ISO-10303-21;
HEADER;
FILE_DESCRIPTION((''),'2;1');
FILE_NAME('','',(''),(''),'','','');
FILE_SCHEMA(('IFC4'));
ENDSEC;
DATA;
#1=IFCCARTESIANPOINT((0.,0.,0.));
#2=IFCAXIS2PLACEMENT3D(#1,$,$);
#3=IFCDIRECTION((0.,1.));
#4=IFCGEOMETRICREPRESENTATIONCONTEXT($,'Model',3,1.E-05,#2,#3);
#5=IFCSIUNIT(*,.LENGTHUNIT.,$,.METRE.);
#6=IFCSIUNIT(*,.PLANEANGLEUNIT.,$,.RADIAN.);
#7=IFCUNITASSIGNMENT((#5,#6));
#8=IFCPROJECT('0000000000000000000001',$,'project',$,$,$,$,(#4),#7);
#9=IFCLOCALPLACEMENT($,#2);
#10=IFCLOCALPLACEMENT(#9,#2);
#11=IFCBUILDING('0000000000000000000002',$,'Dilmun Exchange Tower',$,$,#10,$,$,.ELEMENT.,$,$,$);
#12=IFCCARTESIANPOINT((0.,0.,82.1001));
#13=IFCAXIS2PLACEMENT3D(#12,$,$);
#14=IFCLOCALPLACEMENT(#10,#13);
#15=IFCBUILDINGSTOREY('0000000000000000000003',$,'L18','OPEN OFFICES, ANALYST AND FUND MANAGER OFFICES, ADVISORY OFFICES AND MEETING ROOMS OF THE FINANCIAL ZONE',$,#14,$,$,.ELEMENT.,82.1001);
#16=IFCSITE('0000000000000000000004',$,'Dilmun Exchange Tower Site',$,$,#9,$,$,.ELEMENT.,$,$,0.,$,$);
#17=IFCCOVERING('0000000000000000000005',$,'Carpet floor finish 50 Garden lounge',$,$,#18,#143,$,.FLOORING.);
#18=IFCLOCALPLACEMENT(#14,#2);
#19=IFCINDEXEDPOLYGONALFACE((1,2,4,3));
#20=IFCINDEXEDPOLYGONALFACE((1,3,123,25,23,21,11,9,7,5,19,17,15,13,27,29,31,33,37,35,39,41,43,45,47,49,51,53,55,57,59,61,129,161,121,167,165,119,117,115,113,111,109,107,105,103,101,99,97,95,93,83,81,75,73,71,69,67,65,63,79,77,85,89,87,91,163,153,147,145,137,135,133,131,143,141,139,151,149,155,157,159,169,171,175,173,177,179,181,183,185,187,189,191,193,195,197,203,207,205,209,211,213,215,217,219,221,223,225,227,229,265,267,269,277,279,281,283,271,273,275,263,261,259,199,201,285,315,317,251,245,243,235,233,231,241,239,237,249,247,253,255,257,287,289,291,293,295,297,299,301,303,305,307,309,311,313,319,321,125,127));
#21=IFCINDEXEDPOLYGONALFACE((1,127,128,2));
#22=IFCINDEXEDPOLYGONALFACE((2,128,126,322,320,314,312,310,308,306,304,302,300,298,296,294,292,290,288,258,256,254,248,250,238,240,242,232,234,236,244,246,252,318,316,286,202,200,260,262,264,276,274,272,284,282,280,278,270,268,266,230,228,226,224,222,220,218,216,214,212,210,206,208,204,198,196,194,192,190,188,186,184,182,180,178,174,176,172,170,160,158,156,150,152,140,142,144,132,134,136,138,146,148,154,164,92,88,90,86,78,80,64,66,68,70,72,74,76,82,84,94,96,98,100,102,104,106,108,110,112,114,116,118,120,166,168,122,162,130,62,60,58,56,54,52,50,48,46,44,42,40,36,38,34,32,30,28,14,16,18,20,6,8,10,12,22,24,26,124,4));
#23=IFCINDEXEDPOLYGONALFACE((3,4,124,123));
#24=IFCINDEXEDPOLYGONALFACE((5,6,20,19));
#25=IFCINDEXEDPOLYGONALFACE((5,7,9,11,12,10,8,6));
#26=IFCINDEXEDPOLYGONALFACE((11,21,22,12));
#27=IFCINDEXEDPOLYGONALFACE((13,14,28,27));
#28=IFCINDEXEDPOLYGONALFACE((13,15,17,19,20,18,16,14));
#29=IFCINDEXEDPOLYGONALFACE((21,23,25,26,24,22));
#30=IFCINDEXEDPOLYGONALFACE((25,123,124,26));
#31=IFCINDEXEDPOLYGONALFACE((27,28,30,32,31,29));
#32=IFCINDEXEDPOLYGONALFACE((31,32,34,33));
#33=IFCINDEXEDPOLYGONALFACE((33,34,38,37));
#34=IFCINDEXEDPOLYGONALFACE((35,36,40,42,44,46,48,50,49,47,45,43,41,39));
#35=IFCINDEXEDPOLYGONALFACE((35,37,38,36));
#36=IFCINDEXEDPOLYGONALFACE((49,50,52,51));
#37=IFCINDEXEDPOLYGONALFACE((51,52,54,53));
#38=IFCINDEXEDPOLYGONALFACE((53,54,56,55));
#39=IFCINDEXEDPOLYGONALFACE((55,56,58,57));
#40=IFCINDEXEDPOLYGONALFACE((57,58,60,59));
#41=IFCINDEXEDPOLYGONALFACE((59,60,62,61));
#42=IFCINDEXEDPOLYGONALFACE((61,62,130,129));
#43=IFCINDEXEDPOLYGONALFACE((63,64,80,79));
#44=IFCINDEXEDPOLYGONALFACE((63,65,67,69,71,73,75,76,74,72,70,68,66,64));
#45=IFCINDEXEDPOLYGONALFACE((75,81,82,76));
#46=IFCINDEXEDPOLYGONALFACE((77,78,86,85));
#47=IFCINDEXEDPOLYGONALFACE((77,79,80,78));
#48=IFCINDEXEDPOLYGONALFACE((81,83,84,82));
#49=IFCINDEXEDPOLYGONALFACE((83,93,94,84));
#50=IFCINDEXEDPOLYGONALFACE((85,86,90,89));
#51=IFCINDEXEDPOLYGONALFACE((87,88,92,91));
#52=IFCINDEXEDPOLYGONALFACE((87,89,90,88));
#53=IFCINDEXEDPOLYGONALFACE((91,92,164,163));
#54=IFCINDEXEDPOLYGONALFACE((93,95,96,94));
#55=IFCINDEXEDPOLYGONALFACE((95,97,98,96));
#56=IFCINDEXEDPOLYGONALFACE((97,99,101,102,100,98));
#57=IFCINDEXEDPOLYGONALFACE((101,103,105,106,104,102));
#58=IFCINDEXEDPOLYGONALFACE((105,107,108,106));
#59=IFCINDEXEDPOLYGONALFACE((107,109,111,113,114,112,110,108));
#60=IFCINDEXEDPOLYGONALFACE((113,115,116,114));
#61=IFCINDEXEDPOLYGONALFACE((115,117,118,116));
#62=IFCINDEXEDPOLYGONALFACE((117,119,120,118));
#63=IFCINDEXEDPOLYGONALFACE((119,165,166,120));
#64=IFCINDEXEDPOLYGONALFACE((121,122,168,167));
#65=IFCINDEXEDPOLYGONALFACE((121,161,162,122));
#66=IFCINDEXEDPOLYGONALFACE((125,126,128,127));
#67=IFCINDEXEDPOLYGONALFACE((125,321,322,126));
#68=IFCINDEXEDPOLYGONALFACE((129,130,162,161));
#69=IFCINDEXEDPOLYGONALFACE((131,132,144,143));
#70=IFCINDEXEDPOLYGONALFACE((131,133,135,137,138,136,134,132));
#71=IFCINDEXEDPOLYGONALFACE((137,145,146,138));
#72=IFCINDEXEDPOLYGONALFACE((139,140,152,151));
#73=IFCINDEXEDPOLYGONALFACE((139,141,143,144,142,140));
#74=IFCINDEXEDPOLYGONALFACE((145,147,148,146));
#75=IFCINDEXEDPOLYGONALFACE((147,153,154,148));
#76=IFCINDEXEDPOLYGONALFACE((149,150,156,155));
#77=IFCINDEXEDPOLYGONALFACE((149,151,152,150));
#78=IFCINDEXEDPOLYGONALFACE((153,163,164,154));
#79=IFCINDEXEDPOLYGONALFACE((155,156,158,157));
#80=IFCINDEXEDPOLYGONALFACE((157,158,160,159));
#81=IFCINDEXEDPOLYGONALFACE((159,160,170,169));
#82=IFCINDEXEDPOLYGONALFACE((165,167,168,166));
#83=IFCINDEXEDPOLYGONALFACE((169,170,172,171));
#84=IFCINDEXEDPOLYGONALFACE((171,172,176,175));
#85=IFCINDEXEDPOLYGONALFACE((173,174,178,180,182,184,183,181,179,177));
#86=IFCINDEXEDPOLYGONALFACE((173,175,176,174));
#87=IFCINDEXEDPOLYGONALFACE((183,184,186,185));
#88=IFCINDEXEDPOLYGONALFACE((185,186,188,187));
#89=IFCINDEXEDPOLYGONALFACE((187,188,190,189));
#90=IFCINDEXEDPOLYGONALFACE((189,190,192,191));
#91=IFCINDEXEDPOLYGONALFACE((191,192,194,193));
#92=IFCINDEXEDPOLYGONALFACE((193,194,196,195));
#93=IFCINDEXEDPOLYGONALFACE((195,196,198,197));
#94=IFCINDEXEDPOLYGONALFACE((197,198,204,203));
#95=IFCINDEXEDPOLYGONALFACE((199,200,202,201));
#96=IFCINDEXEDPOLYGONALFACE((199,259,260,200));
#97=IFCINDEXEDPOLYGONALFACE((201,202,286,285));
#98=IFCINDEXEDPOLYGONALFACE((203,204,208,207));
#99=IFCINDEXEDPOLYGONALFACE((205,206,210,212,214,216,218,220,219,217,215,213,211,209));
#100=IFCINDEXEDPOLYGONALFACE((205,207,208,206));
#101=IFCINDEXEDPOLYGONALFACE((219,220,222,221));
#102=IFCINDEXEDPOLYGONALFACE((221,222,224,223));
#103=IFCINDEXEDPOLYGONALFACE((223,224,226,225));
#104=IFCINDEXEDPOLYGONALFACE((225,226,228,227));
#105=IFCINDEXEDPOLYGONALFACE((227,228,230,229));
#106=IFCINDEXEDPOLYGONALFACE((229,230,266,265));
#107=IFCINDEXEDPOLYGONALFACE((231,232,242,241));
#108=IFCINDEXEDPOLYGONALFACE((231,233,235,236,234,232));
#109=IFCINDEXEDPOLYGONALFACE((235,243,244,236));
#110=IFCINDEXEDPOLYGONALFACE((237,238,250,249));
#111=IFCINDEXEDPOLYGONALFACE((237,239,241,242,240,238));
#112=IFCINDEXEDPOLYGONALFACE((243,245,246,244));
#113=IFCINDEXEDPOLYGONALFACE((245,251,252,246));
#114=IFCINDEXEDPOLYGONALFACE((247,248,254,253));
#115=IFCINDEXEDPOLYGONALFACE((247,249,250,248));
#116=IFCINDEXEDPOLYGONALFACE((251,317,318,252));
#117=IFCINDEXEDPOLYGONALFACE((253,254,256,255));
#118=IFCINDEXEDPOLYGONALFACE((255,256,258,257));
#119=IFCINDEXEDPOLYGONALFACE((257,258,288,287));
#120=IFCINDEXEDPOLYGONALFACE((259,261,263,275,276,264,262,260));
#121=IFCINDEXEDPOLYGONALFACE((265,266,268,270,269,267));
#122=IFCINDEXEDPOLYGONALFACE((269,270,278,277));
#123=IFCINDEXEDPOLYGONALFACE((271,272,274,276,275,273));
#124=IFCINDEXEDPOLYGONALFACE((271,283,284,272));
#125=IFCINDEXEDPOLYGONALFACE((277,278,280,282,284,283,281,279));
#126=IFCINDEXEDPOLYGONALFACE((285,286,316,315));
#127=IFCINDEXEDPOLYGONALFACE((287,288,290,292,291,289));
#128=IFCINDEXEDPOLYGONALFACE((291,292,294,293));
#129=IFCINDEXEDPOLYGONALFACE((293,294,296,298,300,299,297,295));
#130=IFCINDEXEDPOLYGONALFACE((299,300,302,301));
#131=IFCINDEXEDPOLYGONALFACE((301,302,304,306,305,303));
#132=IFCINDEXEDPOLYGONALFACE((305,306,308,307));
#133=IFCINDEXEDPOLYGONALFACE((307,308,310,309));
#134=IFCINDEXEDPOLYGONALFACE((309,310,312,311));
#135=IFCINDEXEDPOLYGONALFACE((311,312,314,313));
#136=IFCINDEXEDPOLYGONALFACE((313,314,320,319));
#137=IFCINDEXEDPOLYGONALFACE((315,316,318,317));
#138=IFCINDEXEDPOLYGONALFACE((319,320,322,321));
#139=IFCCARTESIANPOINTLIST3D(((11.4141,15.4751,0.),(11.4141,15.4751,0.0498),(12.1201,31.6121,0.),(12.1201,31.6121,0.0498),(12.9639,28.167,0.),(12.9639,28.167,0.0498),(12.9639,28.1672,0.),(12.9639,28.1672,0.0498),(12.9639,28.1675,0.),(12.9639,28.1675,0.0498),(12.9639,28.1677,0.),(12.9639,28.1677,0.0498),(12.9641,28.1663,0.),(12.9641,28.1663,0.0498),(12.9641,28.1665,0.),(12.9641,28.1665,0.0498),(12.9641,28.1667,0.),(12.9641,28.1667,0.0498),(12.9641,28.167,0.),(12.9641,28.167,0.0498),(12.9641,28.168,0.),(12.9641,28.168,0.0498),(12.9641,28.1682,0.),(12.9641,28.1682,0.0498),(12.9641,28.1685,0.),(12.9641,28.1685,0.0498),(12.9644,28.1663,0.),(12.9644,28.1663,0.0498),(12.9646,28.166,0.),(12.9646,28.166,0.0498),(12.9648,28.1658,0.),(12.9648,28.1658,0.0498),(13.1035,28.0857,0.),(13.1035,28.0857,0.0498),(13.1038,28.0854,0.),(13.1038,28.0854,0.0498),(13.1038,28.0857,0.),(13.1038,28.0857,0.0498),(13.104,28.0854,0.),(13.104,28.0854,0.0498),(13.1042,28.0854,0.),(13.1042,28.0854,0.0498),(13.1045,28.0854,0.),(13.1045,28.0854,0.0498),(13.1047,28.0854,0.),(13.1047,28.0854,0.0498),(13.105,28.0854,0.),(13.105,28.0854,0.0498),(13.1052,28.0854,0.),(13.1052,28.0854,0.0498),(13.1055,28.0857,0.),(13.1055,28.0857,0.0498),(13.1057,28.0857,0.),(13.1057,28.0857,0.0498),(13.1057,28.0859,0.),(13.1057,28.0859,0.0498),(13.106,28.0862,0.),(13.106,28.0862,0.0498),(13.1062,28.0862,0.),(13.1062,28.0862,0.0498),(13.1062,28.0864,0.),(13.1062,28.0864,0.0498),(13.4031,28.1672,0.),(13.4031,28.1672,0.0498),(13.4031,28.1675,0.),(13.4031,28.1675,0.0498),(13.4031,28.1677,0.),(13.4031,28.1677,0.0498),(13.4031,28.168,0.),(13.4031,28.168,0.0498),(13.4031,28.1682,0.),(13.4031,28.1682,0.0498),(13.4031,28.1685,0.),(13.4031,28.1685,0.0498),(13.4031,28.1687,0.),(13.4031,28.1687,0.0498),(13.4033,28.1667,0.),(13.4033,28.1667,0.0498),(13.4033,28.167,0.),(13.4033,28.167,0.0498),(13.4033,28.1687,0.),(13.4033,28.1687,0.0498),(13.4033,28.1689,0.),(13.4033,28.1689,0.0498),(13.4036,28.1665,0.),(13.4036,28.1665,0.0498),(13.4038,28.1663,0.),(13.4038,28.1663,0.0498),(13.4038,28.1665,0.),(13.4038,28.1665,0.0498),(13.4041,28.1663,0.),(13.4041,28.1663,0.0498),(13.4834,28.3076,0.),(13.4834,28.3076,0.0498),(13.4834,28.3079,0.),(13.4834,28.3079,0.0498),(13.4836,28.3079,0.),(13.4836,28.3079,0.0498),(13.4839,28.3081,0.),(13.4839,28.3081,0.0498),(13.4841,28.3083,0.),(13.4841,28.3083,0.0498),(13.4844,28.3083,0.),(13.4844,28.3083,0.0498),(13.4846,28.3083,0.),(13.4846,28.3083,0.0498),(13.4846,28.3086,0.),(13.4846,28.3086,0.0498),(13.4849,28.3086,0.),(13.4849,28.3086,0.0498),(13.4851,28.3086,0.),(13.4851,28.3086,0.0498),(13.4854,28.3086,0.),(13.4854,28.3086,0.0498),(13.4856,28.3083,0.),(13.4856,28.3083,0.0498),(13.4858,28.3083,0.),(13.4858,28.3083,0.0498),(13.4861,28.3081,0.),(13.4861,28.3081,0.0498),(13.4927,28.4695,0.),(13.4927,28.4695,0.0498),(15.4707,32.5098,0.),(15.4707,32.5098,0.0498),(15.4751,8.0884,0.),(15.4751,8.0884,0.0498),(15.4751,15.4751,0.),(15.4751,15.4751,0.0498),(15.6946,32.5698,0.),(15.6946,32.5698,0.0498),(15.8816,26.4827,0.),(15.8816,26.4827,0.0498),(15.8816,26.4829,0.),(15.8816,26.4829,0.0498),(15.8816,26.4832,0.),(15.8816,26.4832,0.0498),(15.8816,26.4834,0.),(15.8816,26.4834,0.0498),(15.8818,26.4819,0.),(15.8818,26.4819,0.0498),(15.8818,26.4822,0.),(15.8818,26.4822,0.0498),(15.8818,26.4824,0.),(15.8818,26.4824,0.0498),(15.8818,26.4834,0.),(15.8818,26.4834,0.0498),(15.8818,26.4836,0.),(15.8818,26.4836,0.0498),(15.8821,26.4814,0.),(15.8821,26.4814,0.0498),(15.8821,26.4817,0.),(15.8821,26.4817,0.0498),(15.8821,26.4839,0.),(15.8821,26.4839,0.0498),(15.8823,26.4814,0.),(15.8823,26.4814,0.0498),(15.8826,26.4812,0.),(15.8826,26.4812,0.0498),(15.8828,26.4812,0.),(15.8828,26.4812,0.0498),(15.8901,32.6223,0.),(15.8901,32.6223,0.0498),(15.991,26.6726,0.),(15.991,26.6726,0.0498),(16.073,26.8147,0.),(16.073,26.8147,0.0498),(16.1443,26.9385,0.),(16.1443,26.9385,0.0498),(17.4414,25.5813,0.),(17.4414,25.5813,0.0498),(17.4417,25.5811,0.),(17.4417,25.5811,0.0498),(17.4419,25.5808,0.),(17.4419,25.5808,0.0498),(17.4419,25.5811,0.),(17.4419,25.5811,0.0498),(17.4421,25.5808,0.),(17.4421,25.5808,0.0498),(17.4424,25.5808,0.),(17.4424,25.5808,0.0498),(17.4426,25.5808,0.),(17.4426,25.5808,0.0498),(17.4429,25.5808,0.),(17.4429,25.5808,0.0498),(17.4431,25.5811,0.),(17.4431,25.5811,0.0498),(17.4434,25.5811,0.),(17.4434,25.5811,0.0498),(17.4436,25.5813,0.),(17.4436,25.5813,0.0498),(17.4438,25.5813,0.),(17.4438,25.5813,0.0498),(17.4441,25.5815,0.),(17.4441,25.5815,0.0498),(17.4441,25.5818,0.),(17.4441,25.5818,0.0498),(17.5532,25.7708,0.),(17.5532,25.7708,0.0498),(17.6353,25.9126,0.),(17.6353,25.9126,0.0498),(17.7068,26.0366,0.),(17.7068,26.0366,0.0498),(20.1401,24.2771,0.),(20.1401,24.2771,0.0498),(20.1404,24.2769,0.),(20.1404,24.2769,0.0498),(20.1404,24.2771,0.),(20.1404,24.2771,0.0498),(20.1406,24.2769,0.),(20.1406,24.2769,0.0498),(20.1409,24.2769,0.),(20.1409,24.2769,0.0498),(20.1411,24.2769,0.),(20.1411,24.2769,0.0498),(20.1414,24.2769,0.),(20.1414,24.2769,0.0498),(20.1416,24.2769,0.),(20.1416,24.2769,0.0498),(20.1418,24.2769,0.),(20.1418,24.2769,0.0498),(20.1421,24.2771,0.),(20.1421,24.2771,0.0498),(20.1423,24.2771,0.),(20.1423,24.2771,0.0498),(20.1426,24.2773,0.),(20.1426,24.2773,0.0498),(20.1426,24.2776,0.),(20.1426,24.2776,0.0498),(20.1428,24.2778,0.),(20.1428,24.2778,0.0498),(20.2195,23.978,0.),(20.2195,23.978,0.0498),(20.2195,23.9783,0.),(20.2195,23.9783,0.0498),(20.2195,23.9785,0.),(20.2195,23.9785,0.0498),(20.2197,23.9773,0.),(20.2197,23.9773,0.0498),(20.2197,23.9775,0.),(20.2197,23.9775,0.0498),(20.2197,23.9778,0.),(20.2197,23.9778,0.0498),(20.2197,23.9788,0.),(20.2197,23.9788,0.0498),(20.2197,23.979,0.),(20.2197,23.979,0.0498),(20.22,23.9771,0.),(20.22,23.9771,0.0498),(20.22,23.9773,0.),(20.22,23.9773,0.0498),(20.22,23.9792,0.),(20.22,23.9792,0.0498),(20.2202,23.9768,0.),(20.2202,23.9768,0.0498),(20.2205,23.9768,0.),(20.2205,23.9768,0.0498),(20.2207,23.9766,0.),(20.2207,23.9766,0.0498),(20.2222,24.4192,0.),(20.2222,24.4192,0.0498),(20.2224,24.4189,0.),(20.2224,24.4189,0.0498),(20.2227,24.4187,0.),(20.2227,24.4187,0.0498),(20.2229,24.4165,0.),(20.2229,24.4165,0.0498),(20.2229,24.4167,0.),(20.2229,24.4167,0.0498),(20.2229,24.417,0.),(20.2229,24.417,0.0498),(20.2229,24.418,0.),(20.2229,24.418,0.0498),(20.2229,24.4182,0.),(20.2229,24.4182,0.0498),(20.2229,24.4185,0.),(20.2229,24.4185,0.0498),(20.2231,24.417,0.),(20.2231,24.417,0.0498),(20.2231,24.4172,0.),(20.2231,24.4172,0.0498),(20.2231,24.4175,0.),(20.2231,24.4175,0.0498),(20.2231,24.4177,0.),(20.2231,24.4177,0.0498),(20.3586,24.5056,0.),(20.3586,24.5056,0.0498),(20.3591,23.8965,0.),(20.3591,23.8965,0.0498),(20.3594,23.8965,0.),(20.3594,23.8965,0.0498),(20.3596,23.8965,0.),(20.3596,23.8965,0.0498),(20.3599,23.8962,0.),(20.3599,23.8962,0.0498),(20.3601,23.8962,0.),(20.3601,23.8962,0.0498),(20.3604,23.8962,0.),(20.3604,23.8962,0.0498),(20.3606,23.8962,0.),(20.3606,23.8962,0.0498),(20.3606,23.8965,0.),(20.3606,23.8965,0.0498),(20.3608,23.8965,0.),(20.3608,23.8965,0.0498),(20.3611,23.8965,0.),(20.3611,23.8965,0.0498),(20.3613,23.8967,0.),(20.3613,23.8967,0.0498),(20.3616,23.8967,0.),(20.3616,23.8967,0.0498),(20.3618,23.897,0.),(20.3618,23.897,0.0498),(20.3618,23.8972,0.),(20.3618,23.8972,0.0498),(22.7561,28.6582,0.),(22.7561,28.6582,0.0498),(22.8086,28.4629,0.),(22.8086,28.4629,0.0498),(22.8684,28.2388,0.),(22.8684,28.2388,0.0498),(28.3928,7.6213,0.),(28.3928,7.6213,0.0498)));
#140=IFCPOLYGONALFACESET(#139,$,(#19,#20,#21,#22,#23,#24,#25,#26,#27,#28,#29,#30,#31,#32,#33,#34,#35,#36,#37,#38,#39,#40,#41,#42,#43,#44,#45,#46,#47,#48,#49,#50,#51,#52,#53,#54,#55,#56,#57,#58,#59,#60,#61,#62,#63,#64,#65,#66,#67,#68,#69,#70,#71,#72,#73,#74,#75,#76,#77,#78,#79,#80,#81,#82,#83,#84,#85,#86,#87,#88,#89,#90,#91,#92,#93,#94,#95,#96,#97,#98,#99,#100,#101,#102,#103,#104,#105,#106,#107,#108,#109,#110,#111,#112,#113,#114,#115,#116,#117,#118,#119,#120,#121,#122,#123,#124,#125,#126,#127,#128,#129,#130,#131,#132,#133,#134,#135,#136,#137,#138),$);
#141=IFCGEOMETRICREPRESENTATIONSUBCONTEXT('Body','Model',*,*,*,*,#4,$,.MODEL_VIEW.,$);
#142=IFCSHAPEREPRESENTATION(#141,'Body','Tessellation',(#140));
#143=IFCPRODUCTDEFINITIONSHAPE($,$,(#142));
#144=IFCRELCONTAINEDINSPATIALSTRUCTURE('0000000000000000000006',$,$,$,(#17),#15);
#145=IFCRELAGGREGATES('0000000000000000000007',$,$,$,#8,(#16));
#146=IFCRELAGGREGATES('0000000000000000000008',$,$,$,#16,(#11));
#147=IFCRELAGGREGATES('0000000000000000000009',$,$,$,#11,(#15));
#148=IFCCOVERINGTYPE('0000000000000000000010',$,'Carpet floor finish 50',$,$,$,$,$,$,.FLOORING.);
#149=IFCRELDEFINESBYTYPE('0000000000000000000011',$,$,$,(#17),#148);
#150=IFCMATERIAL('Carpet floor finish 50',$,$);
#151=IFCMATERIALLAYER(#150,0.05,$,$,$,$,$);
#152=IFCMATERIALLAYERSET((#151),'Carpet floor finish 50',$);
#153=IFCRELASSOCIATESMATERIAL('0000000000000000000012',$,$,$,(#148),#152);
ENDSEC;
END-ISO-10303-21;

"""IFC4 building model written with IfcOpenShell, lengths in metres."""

from ifc_helpers import new_model, si_unit, direction, frame, origin, place, context, subcontext, project, spatial, polyline, outline, extrude, material, layer, layer_set, type_object, element, save


model = new_model("IFC4")

# Units and contexts
model_context = context("Model", 3, precision=1e-05, world=origin(), true_north=direction((0.0, 1.0)))
body_context = subcontext(model_context, "Body", "Model", "MODEL_VIEW")
ifc_project = project(units=[si_unit("LENGTHUNIT", "METRE"), si_unit("PLANEANGLEUNIT", "RADIAN")], contexts=[model_context])

# Site, building, storey
site_placement = place(None, origin())
site = spatial("IfcSite", under=ifc_project, at=site_placement, Name="Dilmun Exchange Tower Site", CompositionType="ELEMENT", RefElevation=0.0)
building_placement = place(site_placement, origin())
building = spatial("IfcBuilding", under=site, at=building_placement, Name="Dilmun Exchange Tower", CompositionType="ELEMENT")
storey_placement = place(building_placement, frame((0.0, 0.0, 82.1001)))
storey = spatial("IfcBuildingStorey", under=building, at=storey_placement, Name="L18", Description="OPEN OFFICES, ANALYST AND FUND MANAGER OFFICES, ADVISORY OFFICES AND MEETING ROOMS OF THE FINANCIAL ZONE", CompositionType="ELEMENT", Elevation=82.1001)

# Covering
ifc_material_1 = material(Name="Carpet floor finish 50")
ifc_layer_1 = layer(ifc_material_1, 0.05)
ifc_layer_set_1 = layer_set([ifc_layer_1], Name="Carpet floor finish 50")
covering_type_1 = type_object("IfcCoveringType", Name="Carpet floor finish 50", PredefinedType="FLOORING", material=ifc_layer_set_1)
covering_1_placement = place(storey_placement, origin())
element("IfcCovering", 1, at=covering_1_placement, inside=storey, type_object=covering_type_1, Name="Carpet floor finish 50 Garden lounge", PredefinedType="FLOORING", context=body_context, shape_type="SweptSolid", body=[
    extrude(outline(polyline([(13.4927, 28.4695), (16.1443, 26.9385), (16.073, 26.8147), (13.4861, 28.3081), (13.4858, 28.3083), (13.4856, 28.3083), (13.4856, 28.3083), (13.4854, 28.3086), (13.4851, 28.3086), (13.4849, 28.3086), (13.4846, 28.3086), (13.4846, 28.3083), (13.4844, 28.3083), (13.4841, 28.3083), (13.4839, 28.3081), (13.4839, 28.3081), (13.4836, 28.3079), (13.4834, 28.3079), (13.4834, 28.3076), (13.4834, 28.3076), (13.4033, 28.1689), (13.4033, 28.1687), (13.4031, 28.1687), (13.4031, 28.1685), (13.4031, 28.1682), (13.4031, 28.168), (13.4031, 28.1677), (13.4031, 28.1675), (13.4031, 28.1675), (13.4031, 28.1672), (13.4033, 28.167), (13.4033, 28.167), (13.4033, 28.1667), (13.4036, 28.1665), (13.4038, 28.1665), (13.4038, 28.1663), (13.4041, 28.1663), (15.991, 26.6726), (15.8821, 26.4839), (15.8818, 26.4836), (15.8818, 26.4834), (15.8816, 26.4834), (15.8816, 26.4832), (15.8816, 26.4829), (15.8816, 26.4829), (15.8816, 26.4827), (15.8818, 26.4824), (15.8818, 26.4822), (15.8818, 26.4819), (15.8821, 26.4817), (15.8821, 26.4817), (15.8821, 26.4814), (15.8823, 26.4814), (15.8826, 26.4812), (15.8828, 26.4812), (17.4414, 25.5813), (17.4417, 25.5811), (17.4419, 25.5811), (17.4419, 25.5808), (17.4421, 25.5808), (17.4424, 25.5808), (17.4426, 25.5808), (17.4429, 25.5808), (17.4431, 25.5811), (17.4431, 25.5811), (17.4434, 25.5811), (17.4436, 25.5813), (17.4436, 25.5813), (17.4438, 25.5813), (17.4441, 25.5815), (17.4441, 25.5818), (17.4441, 25.5818), (17.5532, 25.7708), (20.1401, 24.2771), (20.1404, 24.2771), (20.1404, 24.2769), (20.1406, 24.2769), (20.1409, 24.2769), (20.1411, 24.2769), (20.1411, 24.2769), (20.1414, 24.2769), (20.1416, 24.2769), (20.1418, 24.2769), (20.1421, 24.2771), (20.1421, 24.2771), (20.1423, 24.2771), (20.1426, 24.2773), (20.1426, 24.2776), (20.1426, 24.2776), (20.1428, 24.2778), (20.2229, 24.4165), (20.2229, 24.4165), (20.2229, 24.4167), (20.2229, 24.417), (20.2231, 24.417), (20.2231, 24.4172), (20.2231, 24.4175), (20.2231, 24.4177), (20.2229, 24.418), (20.2229, 24.4182), (20.2229, 24.4182), (20.2229, 24.4185), (20.2227, 24.4187), (20.2227, 24.4187), (20.2224, 24.4189), (20.2224, 24.4189), (20.2222, 24.4192), (17.6353, 25.9126), (17.7068, 26.0366), (20.3586, 24.5056), (22.7561, 28.6582), (22.8086, 28.4629), (20.22, 23.9792), (20.2197, 23.979), (20.2197, 23.979), (20.2197, 23.9788), (20.2195, 23.9785), (20.2195, 23.9785), (20.2195, 23.9783), (20.2195, 23.978), (20.2197, 23.9778), (20.2197, 23.9775), (20.2197, 23.9773), (20.22, 23.9773), (20.22, 23.9771), (20.2202, 23.9768), (20.2202, 23.9768), (20.2205, 23.9768), (20.2207, 23.9766), (20.3591, 23.8965), (20.3594, 23.8965), (20.3596, 23.8965), (20.3596, 23.8965), (20.3599, 23.8962), (20.3601, 23.8962), (20.3604, 23.8962), (20.3606, 23.8962), (20.3606, 23.8965), (20.3608, 23.8965), (20.3611, 23.8965), (20.3611, 23.8965), (20.3613, 23.8967), (20.3616, 23.8967), (20.3618, 23.897), (20.3618, 23.8972), (20.3618, 23.8972), (22.8684, 28.2388), (28.3928, 7.6213), (15.4751, 8.0884), (15.4751, 15.4751), (11.4141, 15.4751), (12.1201, 31.6121), (15.4707, 32.5098), (12.9641, 28.1685), (12.9641, 28.1682), (12.9641, 28.168), (12.9641, 28.168), (12.9639, 28.1677), (12.9639, 28.1675), (12.9639, 28.1672), (12.9639, 28.167), (12.9641, 28.167), (12.9641, 28.1667), (12.9641, 28.1665), (12.9641, 28.1663), (12.9644, 28.1663), (12.9646, 28.166), (12.9646, 28.166), (12.9648, 28.1658), (12.9648, 28.1658), (13.1035, 28.0857), (13.1038, 28.0857), (13.1038, 28.0854), (13.104, 28.0854), (13.1042, 28.0854), (13.1045, 28.0854), (13.1045, 28.0854), (13.1047, 28.0854), (13.105, 28.0854), (13.1052, 28.0854), (13.1055, 28.0857), (13.1055, 28.0857), (13.1057, 28.0857), (13.1057, 28.0859), (13.106, 28.0862), (13.1062, 28.0862), (13.1062, 28.0864), (15.6946, 32.5698), (15.8901, 32.6223), (13.4927, 28.4695)])), origin(), (0.0, 0.0, 1.0), 0.0498),
])

save(model, "model.ifc")
